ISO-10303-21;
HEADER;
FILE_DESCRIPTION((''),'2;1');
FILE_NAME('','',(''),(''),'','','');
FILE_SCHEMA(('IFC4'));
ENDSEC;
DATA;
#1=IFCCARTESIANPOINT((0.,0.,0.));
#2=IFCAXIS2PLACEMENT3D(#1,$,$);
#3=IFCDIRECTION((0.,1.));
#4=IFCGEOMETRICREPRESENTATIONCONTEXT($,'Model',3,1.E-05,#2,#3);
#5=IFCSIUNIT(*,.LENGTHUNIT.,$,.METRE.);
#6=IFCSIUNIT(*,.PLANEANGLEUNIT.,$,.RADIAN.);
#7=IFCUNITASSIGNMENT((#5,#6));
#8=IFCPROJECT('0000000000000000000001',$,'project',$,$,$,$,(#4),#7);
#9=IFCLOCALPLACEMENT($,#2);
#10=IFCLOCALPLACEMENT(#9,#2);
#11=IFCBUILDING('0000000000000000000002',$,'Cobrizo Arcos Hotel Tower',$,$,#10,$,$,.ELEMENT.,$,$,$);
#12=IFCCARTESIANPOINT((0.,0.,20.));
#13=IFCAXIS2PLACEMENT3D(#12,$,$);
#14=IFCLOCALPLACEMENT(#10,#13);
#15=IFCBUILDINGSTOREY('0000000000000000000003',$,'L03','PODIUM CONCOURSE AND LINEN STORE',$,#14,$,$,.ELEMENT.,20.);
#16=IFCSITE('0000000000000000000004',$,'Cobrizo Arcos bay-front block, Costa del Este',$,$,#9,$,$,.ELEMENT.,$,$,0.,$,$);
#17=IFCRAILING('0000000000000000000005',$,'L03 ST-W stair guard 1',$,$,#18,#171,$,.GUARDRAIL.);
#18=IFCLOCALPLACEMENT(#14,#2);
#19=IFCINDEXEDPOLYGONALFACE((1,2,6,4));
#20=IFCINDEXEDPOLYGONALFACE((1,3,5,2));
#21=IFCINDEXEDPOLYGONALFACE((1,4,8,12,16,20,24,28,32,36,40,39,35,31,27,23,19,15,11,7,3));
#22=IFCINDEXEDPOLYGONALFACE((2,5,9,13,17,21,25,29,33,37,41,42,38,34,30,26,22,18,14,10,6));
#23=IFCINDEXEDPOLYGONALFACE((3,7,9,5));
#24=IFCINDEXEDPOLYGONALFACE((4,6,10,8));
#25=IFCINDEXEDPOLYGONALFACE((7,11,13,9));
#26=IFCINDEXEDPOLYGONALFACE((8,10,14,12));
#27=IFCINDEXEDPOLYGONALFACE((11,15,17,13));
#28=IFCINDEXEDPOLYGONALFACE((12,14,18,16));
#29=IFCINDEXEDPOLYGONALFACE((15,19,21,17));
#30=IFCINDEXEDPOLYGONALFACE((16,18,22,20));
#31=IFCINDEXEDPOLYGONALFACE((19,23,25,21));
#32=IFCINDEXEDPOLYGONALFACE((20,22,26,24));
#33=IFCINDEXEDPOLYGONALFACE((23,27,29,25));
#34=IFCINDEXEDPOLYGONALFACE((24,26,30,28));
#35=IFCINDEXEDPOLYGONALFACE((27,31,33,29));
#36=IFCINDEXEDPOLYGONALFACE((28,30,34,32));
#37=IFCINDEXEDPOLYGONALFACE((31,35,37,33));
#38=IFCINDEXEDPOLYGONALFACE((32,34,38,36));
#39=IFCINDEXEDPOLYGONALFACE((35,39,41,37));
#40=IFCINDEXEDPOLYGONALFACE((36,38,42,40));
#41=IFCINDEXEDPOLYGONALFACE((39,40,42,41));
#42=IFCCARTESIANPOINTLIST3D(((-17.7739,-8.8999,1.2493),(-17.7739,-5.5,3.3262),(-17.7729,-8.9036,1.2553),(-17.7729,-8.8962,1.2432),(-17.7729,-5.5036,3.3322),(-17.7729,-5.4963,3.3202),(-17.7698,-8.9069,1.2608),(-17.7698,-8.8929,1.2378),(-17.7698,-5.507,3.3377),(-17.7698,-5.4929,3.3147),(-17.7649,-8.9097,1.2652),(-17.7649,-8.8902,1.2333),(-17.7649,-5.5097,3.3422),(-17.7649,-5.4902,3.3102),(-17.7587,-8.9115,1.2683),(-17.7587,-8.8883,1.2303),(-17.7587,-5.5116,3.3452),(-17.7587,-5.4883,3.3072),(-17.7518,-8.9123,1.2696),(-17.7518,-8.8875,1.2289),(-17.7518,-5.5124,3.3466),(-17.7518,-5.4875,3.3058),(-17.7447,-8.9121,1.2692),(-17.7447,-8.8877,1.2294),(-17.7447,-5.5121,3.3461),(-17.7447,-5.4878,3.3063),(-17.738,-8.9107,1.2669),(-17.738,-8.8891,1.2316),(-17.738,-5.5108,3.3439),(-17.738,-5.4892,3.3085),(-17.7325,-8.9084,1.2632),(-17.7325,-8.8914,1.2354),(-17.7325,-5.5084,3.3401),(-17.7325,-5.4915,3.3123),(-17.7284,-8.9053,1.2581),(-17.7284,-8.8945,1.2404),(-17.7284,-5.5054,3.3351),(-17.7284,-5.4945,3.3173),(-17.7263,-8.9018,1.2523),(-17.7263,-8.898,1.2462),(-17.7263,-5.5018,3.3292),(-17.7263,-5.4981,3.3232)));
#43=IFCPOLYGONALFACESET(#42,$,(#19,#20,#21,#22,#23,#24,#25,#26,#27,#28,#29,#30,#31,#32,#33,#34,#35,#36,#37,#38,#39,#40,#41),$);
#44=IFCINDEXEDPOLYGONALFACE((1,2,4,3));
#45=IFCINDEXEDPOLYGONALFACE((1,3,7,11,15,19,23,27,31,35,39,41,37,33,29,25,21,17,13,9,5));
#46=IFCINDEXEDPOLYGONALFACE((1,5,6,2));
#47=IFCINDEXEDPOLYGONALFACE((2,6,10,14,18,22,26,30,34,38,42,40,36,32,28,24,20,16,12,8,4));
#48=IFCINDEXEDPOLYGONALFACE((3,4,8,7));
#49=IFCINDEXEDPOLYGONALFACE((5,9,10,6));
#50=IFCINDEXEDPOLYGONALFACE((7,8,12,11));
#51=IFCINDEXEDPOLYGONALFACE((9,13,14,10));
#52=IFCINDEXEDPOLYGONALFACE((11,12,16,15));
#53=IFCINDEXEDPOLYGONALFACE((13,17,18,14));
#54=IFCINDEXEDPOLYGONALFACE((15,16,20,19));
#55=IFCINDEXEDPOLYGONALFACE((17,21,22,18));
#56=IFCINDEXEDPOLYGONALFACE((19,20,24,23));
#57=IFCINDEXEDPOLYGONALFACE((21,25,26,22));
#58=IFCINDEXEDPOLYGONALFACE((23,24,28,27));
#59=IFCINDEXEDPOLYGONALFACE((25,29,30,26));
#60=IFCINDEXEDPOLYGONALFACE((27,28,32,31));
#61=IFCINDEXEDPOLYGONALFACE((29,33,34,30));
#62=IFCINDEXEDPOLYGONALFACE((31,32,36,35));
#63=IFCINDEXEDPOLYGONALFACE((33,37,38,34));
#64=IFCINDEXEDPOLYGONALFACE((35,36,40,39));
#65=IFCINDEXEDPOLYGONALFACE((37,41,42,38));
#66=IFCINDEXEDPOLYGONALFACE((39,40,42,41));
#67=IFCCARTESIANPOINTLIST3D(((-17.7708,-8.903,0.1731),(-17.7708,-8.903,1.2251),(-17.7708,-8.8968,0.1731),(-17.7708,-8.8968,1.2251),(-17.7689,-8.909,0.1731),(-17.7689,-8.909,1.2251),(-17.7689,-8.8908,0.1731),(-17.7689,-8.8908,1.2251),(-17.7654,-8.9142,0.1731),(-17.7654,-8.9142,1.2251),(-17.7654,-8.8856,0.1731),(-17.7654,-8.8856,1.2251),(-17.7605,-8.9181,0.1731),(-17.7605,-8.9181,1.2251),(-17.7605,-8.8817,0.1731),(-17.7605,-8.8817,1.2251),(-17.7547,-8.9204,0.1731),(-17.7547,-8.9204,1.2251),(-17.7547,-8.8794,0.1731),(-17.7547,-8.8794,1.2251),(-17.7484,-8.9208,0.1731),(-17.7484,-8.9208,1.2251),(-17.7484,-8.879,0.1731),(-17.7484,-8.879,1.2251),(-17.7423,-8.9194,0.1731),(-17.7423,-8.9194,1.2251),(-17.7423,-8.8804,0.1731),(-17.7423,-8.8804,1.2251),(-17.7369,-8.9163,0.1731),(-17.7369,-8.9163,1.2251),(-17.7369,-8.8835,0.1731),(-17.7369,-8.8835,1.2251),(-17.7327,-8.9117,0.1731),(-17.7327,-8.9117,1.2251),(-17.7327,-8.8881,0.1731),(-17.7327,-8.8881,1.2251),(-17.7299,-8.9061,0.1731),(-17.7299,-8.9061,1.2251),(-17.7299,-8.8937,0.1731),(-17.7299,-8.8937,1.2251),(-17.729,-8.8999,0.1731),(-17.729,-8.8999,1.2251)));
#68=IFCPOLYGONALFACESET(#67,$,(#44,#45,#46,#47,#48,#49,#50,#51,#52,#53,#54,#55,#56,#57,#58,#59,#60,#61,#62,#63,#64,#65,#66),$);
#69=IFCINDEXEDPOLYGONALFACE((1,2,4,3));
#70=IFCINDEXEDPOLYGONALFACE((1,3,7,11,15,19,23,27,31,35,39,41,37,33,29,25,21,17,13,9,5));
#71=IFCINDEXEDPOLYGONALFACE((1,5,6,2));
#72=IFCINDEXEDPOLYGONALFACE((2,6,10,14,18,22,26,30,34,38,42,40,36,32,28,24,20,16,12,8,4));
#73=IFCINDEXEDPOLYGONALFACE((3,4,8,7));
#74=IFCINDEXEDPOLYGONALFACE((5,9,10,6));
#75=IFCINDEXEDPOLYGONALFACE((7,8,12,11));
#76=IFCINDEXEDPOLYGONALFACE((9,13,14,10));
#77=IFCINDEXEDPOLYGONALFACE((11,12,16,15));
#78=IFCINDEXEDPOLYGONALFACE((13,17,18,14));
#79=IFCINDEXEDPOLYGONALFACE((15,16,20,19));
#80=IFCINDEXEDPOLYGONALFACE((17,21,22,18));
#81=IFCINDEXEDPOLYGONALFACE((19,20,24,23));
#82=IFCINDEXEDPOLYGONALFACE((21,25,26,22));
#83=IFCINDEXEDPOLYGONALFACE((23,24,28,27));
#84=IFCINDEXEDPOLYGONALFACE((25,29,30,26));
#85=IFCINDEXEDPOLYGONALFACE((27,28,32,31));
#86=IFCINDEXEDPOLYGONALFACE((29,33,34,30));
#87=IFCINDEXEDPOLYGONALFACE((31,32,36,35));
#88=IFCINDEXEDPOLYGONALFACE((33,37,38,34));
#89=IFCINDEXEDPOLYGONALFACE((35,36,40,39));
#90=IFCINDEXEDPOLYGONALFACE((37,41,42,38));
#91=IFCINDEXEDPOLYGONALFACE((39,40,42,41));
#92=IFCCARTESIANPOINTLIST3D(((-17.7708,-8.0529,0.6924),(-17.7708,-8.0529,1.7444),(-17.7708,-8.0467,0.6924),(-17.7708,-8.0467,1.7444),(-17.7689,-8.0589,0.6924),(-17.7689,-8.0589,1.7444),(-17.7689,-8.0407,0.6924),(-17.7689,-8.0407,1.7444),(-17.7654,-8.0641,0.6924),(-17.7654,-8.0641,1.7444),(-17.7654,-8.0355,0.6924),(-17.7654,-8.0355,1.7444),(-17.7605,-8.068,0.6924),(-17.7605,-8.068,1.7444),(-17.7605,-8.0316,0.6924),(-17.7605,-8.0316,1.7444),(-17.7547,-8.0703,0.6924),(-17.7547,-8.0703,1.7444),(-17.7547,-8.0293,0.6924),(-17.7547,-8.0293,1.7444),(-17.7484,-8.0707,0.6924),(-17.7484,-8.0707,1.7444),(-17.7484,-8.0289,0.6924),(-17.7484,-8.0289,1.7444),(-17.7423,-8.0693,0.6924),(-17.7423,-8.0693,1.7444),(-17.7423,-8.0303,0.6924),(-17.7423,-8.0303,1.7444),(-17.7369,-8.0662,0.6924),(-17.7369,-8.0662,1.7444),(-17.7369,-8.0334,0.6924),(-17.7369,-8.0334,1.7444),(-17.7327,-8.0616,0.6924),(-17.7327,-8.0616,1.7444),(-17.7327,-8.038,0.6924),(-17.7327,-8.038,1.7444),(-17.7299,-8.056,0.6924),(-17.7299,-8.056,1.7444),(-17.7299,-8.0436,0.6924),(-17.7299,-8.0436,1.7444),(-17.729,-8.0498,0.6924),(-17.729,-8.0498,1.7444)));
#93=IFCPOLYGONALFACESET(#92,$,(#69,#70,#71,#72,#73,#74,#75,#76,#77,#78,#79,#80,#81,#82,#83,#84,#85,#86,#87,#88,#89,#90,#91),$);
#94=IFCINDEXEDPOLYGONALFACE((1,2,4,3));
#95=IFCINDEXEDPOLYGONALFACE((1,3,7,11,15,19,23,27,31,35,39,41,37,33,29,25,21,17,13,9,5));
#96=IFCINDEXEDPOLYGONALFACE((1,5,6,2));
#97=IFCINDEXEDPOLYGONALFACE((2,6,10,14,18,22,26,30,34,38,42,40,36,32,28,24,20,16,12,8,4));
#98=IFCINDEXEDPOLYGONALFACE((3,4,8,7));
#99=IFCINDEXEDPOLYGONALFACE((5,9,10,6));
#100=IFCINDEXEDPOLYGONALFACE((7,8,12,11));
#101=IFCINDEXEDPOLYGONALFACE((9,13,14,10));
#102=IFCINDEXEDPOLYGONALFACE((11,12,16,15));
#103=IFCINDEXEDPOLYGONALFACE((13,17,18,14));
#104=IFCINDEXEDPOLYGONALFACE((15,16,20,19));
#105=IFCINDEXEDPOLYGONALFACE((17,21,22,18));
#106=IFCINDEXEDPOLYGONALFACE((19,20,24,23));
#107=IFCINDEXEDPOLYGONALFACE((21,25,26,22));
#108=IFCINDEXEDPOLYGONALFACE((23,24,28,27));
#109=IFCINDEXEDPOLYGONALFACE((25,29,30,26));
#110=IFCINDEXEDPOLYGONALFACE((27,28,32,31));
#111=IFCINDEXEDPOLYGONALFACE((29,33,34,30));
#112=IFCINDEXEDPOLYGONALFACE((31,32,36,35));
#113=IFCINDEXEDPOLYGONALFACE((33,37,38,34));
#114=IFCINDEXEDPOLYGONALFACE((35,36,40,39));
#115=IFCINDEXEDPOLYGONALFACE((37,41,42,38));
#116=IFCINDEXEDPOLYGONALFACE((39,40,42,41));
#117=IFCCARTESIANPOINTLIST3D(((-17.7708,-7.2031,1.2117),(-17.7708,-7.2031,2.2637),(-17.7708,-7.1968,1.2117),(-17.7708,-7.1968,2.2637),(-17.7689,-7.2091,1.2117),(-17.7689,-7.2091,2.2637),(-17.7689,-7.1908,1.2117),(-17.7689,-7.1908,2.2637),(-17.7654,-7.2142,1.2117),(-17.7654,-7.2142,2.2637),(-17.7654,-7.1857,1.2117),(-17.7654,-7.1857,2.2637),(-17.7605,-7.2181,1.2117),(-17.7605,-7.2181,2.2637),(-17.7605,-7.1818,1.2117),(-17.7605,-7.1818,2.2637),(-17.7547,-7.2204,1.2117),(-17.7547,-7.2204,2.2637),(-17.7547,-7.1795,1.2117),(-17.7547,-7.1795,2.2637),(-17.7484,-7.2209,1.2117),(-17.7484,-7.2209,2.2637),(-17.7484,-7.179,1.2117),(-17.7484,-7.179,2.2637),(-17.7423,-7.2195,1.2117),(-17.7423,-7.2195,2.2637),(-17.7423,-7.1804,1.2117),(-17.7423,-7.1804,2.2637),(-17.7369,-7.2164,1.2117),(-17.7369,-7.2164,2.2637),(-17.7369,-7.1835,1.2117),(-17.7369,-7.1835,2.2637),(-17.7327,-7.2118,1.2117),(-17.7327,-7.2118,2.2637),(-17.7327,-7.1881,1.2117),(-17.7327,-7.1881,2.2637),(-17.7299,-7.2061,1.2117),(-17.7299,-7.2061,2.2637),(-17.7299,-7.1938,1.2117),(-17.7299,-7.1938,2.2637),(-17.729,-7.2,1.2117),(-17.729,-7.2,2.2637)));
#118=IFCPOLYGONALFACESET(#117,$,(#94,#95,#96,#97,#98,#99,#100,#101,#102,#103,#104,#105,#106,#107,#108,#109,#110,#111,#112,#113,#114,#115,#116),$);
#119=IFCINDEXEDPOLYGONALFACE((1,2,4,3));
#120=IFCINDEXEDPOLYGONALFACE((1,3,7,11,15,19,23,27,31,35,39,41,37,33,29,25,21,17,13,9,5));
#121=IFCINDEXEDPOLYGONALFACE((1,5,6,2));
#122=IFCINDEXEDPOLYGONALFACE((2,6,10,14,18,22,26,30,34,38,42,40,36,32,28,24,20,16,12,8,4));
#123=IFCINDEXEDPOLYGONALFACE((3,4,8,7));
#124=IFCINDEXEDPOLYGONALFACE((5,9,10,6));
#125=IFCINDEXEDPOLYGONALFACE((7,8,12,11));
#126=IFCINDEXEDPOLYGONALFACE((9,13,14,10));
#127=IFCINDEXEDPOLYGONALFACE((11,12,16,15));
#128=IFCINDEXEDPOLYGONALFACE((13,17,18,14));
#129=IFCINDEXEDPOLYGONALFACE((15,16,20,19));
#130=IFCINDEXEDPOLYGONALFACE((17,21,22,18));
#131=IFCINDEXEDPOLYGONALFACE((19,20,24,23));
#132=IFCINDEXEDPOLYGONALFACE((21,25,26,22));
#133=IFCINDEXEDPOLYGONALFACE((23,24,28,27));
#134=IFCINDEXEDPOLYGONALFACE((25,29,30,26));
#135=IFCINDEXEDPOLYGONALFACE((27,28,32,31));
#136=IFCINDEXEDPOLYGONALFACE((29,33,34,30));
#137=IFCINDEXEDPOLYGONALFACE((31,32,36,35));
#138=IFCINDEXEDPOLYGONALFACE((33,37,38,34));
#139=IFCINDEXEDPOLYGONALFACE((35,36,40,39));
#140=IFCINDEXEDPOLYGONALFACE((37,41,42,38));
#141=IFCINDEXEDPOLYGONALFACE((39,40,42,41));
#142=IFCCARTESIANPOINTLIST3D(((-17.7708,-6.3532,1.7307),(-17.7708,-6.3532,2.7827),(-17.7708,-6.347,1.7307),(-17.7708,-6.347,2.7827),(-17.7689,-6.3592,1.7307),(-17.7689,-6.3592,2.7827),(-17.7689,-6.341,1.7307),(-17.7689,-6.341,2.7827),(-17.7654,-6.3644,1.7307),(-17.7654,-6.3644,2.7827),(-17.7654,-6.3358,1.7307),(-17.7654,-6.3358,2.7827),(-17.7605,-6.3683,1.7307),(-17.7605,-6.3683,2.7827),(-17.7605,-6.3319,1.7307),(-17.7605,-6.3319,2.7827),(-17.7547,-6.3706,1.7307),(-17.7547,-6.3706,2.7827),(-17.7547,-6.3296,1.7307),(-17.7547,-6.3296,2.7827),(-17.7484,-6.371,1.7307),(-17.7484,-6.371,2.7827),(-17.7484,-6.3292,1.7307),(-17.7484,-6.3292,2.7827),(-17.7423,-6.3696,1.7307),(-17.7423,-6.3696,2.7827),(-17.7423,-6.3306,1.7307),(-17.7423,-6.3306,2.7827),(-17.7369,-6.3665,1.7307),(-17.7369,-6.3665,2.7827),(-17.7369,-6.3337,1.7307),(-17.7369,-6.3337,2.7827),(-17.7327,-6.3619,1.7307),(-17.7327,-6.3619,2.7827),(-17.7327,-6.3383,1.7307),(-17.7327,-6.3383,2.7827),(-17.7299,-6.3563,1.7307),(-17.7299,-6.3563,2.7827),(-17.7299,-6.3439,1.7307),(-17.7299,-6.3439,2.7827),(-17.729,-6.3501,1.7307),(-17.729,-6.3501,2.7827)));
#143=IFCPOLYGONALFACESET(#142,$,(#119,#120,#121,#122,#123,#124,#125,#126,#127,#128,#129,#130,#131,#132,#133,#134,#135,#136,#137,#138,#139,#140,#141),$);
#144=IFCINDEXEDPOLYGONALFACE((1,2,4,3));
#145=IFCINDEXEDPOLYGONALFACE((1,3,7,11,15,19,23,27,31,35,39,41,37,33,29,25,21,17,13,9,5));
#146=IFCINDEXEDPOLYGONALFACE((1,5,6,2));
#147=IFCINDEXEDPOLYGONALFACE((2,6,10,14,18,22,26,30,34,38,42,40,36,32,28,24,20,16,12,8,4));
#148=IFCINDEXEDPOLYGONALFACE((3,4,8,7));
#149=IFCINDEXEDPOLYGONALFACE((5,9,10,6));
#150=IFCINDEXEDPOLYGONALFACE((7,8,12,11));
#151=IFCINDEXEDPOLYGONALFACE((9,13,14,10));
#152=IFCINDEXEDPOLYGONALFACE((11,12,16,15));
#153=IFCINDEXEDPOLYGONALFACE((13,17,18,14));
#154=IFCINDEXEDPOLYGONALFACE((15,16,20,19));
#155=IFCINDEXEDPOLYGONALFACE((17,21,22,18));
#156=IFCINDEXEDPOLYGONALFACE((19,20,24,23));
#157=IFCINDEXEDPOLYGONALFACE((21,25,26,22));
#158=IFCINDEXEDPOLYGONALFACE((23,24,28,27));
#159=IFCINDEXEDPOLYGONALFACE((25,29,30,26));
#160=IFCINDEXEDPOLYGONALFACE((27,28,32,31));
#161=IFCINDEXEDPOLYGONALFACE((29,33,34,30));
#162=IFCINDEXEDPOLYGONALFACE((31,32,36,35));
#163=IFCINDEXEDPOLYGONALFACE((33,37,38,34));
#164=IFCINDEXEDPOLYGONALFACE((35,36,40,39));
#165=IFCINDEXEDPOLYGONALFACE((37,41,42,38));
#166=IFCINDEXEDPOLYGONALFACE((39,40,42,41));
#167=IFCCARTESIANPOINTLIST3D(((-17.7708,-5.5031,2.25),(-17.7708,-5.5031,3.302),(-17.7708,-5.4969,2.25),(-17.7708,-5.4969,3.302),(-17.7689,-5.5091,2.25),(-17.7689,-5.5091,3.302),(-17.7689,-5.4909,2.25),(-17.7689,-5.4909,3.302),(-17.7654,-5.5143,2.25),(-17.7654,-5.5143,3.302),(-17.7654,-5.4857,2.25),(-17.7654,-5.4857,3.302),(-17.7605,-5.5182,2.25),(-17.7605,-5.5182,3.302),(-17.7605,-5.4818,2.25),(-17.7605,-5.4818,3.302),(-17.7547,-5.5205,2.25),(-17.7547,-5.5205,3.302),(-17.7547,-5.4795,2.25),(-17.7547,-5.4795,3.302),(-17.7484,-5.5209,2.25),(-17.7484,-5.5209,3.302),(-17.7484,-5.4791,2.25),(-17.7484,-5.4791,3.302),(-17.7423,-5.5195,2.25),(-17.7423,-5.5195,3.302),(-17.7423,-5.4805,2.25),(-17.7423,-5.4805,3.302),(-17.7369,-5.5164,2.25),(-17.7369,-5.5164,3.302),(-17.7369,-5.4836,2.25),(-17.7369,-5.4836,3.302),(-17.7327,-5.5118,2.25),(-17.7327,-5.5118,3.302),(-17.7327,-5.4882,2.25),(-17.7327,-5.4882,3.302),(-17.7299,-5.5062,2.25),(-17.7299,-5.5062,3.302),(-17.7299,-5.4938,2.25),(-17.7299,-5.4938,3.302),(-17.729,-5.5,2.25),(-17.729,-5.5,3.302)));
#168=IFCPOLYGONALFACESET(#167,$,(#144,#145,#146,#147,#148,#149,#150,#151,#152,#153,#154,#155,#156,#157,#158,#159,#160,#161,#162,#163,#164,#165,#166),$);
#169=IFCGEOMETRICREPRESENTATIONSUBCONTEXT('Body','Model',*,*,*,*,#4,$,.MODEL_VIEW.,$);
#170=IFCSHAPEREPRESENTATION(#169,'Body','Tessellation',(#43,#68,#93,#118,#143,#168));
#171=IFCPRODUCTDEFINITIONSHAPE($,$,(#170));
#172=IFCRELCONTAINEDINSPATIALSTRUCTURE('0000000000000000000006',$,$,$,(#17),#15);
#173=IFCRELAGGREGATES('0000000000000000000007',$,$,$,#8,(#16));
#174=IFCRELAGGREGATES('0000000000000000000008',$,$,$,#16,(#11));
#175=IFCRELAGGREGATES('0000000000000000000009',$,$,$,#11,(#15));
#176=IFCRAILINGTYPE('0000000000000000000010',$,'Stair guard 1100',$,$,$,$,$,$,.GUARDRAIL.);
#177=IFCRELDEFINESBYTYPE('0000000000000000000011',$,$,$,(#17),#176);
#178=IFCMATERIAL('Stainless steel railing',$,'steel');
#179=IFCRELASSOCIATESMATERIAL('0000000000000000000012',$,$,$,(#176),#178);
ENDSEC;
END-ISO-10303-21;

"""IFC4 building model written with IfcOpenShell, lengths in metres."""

from ifc_helpers import new_model, si_unit, direction, frame, origin, origin_2d, place, context, subcontext, project, spatial, circle, extrude, material, type_object, element, save


model = new_model("IFC4")

# Units and contexts
model_context = context("Model", 3, precision=1e-05, world=origin(), true_north=direction((0.0, 1.0)))
body_context = subcontext(model_context, "Body", "Model", "MODEL_VIEW")
ifc_project = project(units=[si_unit("LENGTHUNIT", "METRE"), si_unit("PLANEANGLEUNIT", "RADIAN")], contexts=[model_context])

# Site, building, storey
site_placement = place(None, origin())
site = spatial("IfcSite", under=ifc_project, at=site_placement, Name="Cobrizo Arcos bay-front block, Costa del Este", CompositionType="ELEMENT", RefElevation=0.0)
building_placement = place(site_placement, origin())
building = spatial("IfcBuilding", under=site, at=building_placement, Name="Cobrizo Arcos Hotel Tower", CompositionType="ELEMENT")
storey_placement = place(building_placement, frame((0.0, 0.0, 20.0)))
storey = spatial("IfcBuildingStorey", under=building, at=storey_placement, Name="L03", Description="PODIUM CONCOURSE AND LINEN STORE", CompositionType="ELEMENT", Elevation=20.0)

# Railing
ifc_material_1 = material(Name="Stainless steel railing", Category="steel")
railing_type_1 = type_object("IfcRailingType", Name="Stair guard 1100", PredefinedType="GUARDRAIL", material=ifc_material_1)
railing_1_placement = place(storey_placement, frame((-17.75, -8.8999, 0.1731)))
element("IfcRailing", 1, at=railing_1_placement, inside=storey, type_object=railing_type_1, Name="L03 ST-W stair guard 1", PredefinedType="GUARDRAIL", context=body_context, shape_type="SweptSolid", body=[
    extrude(circle(Radius=0.0239, at=origin_2d()), frame((0.0, 0.0, 1.0762), z_axis=(0.0, 0.853373, 0.521301), x_axis=(-1.0, 0.0, 0.0)), (0.0, 0.0, 1.0), 3.9841),
    extrude(circle(Radius=0.021, at=origin_2d()), origin(), (0.0, 0.0, 1.0), 1.052),
    extrude(circle(Radius=0.021, at=origin_2d()), frame((0.0, 0.8501, 0.5193)), (0.0, 0.0, 1.0), 1.052),
    extrude(circle(Radius=0.021, at=origin_2d()), frame((0.0, 1.7, 1.0386)), (0.0, 0.0, 1.0), 1.052),
    extrude(circle(Radius=0.021, at=origin_2d()), frame((0.0, 2.5498, 1.5576)), (0.0, 0.0, 1.0), 1.052),
    extrude(circle(Radius=0.021, at=origin_2d()), frame((0.0, 3.3999, 2.0769)), (0.0, 0.0, 1.0), 1.052),
])

save(model, "model.ifc")
